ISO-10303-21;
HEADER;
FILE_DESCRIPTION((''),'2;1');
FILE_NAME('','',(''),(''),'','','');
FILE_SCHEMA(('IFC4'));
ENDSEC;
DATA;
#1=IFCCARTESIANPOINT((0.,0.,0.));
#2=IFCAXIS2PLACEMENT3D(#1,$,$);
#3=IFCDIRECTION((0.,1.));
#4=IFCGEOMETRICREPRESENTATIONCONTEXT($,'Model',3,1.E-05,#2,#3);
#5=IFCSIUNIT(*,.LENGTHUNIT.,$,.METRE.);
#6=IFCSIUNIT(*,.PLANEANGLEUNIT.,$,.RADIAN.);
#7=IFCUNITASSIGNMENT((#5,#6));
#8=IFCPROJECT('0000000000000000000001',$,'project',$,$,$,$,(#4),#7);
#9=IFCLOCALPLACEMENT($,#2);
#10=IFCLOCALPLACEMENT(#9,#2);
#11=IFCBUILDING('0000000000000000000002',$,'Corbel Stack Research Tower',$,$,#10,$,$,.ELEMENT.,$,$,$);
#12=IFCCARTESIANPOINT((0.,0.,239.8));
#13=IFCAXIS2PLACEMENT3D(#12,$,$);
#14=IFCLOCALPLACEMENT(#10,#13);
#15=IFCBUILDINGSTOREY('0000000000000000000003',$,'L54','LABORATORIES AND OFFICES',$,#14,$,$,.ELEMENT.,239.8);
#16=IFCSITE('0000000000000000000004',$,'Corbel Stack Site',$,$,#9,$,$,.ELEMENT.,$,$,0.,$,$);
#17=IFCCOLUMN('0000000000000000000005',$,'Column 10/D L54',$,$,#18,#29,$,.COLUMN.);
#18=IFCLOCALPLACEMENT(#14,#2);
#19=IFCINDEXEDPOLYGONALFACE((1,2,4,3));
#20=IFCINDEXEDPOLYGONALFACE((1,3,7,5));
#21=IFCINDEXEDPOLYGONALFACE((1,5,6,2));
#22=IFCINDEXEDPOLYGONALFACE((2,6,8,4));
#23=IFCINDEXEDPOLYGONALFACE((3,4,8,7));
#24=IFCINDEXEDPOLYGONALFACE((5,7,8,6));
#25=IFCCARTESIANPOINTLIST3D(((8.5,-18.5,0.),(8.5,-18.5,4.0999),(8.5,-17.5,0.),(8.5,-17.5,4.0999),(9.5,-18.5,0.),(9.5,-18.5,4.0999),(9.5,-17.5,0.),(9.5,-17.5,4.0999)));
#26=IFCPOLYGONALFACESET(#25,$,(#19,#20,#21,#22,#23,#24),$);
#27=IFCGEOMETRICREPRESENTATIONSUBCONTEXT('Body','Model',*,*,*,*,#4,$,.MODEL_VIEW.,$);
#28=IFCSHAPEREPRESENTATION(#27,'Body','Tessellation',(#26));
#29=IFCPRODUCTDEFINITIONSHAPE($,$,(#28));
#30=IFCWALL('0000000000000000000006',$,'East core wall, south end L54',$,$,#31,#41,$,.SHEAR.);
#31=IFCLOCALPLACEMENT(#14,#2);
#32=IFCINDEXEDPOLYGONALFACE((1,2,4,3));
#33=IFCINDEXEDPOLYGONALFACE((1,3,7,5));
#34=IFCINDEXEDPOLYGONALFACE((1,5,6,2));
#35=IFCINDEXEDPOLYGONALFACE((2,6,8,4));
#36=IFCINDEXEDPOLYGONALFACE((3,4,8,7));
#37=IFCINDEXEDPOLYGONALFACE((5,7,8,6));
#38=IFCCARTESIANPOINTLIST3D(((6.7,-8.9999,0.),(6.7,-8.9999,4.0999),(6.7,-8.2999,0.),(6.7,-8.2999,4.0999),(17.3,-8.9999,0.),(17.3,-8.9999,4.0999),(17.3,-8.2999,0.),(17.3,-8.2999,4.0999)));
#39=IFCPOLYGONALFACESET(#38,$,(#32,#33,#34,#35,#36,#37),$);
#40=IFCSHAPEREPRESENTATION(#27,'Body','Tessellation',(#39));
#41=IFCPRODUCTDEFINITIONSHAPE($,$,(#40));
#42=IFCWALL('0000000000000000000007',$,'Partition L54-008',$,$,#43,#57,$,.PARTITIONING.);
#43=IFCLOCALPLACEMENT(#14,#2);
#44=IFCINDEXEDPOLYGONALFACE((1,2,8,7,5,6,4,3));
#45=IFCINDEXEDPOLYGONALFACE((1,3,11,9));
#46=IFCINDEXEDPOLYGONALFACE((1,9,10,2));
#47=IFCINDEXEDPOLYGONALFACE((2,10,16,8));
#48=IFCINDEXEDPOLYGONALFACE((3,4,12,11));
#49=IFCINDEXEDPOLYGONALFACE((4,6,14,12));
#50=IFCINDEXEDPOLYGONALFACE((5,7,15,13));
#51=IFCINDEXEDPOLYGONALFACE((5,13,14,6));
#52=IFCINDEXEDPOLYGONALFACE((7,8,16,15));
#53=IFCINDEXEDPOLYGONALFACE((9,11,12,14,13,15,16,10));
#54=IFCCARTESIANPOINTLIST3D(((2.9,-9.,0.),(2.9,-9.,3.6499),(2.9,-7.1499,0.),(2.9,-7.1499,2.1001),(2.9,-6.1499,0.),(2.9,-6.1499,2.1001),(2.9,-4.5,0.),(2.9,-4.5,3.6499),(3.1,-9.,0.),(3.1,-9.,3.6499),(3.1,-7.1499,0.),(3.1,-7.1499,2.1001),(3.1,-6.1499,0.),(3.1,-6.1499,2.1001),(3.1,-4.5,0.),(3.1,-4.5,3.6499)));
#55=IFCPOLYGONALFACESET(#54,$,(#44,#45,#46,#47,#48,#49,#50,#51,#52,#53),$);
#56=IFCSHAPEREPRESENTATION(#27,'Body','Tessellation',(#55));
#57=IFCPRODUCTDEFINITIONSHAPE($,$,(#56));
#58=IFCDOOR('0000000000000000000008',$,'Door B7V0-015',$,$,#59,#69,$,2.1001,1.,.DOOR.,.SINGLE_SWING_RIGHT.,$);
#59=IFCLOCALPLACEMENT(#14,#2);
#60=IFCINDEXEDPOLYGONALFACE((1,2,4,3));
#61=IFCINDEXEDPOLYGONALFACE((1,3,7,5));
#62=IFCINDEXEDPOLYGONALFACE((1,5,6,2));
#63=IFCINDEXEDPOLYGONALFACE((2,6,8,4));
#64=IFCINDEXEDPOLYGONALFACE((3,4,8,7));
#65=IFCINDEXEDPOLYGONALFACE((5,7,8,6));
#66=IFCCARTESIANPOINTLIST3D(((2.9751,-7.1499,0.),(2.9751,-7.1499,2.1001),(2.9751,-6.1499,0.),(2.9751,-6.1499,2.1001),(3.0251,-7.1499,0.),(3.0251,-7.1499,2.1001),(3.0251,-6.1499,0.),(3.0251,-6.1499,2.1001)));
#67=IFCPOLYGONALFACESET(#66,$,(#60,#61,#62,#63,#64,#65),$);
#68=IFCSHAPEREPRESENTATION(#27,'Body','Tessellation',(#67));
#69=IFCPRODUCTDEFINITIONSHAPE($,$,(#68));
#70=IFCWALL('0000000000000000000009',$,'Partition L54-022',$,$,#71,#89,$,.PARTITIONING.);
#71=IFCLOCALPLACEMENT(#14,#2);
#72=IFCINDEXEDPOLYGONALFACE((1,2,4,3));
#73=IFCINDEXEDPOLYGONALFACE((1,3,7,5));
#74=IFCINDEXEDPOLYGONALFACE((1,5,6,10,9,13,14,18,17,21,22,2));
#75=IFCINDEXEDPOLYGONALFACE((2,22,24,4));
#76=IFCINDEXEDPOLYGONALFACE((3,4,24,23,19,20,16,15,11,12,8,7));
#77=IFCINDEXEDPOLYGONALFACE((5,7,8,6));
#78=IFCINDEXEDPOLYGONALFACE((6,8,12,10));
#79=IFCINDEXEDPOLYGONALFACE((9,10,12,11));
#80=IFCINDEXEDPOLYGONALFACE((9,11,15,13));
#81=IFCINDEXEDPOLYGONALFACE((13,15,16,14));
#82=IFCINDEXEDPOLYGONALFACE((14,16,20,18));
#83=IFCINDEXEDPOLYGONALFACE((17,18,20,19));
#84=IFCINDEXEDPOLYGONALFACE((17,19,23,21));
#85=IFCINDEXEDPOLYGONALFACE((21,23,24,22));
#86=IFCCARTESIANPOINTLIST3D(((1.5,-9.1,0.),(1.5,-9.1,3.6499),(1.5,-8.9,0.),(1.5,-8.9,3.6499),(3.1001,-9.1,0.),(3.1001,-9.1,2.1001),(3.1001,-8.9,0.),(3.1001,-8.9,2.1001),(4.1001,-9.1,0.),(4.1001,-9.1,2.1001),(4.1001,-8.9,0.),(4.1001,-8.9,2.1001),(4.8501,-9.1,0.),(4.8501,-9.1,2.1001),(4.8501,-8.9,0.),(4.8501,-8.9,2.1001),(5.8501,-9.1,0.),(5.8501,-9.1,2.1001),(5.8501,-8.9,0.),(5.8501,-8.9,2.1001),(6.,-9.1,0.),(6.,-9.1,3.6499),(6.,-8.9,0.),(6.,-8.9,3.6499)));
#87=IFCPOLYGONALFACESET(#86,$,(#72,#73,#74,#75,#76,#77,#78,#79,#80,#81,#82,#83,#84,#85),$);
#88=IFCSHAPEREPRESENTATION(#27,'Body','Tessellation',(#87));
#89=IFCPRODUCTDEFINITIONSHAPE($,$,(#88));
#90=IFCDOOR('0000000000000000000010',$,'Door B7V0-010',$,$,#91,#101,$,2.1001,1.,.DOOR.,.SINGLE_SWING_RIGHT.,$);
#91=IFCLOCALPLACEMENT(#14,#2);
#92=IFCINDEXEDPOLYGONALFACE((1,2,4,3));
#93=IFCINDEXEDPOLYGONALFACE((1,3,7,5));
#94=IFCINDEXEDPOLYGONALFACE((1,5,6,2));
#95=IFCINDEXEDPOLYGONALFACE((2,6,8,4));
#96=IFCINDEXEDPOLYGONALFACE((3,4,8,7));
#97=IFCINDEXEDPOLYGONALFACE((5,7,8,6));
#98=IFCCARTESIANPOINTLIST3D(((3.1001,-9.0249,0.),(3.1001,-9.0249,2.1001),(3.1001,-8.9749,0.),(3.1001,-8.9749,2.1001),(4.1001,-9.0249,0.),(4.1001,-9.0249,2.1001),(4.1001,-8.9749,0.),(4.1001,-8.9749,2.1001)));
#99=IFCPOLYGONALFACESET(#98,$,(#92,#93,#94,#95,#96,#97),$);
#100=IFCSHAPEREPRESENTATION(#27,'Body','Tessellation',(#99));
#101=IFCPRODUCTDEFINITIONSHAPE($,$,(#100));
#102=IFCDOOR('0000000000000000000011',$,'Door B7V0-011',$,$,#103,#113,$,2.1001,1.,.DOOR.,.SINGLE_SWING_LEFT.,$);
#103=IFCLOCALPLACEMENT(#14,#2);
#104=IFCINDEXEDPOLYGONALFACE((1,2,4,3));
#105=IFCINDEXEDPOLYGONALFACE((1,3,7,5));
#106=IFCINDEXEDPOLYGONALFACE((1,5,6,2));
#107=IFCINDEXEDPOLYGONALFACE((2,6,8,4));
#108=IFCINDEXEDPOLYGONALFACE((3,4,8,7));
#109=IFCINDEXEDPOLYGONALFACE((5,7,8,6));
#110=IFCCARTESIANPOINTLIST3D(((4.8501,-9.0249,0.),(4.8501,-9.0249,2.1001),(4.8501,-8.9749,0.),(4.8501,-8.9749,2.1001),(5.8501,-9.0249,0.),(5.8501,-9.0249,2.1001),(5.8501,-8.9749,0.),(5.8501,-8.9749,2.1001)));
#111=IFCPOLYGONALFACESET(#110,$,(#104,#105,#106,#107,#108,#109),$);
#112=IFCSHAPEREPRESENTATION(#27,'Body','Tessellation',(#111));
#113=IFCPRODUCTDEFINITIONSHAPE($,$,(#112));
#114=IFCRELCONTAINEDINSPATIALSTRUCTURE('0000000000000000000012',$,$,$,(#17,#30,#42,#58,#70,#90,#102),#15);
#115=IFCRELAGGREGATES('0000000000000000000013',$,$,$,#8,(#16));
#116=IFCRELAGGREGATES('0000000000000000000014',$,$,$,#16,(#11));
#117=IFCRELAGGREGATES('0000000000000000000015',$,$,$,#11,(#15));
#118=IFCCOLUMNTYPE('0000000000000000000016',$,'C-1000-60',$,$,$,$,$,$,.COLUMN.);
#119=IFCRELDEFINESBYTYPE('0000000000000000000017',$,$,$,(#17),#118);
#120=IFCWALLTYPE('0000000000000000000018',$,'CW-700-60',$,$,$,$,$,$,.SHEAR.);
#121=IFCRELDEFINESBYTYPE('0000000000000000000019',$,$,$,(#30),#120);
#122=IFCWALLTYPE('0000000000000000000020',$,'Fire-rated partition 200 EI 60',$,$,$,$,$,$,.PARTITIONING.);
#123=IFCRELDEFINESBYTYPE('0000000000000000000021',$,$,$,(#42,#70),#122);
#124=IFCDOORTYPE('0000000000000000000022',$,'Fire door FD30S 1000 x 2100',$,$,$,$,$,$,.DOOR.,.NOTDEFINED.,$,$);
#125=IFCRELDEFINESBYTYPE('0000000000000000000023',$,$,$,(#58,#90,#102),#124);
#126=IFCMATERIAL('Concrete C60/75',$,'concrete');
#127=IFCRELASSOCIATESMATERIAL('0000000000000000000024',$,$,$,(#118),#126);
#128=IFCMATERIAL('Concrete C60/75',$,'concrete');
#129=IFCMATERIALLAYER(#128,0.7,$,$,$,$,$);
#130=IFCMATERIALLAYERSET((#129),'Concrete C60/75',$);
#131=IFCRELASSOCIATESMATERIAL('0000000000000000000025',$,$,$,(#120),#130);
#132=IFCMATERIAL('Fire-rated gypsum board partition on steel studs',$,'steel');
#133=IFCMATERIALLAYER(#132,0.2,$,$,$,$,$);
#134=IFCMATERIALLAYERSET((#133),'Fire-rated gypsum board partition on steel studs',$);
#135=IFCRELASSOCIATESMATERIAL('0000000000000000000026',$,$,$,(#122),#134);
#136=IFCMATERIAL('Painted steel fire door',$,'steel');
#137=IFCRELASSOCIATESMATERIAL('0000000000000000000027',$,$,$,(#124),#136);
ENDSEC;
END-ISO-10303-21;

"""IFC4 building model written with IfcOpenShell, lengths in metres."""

from ifc_helpers import new_model, si_unit, direction, frame, frame_2d, origin, origin_2d, place, context, subcontext, project, spatial, rectangle, extrude, material, layer, layer_set, material_profile, profile_set, type_object, element, fill, save


model = new_model("IFC4")

# Units and contexts
model_context = context("Model", 3, precision=1e-05, world=origin(), true_north=direction((0.0, 1.0)))
body_context = subcontext(model_context, "Body", "Model", "MODEL_VIEW")
ifc_project = project(units=[si_unit("LENGTHUNIT", "METRE"), si_unit("PLANEANGLEUNIT", "RADIAN")], contexts=[model_context])

# Site, building, storey
site_placement = place(None, origin())
site = spatial("IfcSite", under=ifc_project, at=site_placement, Name="Corbel Stack Site", CompositionType="ELEMENT", RefElevation=0.0)
building_placement = place(site_placement, origin())
building = spatial("IfcBuilding", under=site, at=building_placement, Name="Corbel Stack Research Tower", CompositionType="ELEMENT")
storey_placement = place(building_placement, frame((0.0, 0.0, 239.8)))
storey = spatial("IfcBuildingStorey", under=building, at=storey_placement, Name="L54", Description="LABORATORIES AND OFFICES", CompositionType="ELEMENT", Elevation=239.8)

# Column
ifc_material_1 = material(Name="Concrete C60/75", Category="concrete")
ifc_material_profile = material_profile(ifc_material_1, rectangle(XDim=1.0, YDim=1.0, at=origin_2d()), Name="RC 1000 x 1000")
ifc_profile_set = profile_set([ifc_material_profile], Name="Concrete C60/75")
column_type = type_object("IfcColumnType", Name="C-1000-60", PredefinedType="COLUMN", material=ifc_profile_set)
column_placement = place(storey_placement, frame((9.0, -18.0, 0.0), z_axis=(0.0, 0.0, 1.0), x_axis=(1.0, 0.0, 0.0)))
element("IfcColumn", 1, at=column_placement, inside=storey, type_object=column_type, Name="Column 10/D L54", PredefinedType="COLUMN", context=body_context, shape_type="SweptSolid", body=[
    extrude(rectangle(XDim=1.0, YDim=1.0, at=origin_2d()), origin(), (0.0, 0.0, 1.0), 4.0999),
])

# Shared definitions
ifc_material_2 = material(Name="Concrete C60/75", Category="concrete")
ifc_layer_1 = layer(ifc_material_2, 0.7)
ifc_layer_set_1 = layer_set([ifc_layer_1], Name="Concrete C60/75")
wall_type_1 = type_object("IfcWallType", Name="CW-700-60", PredefinedType="SHEAR", material=ifc_layer_set_1)

# Wall
wall_1_placement = place(storey_placement, frame((6.7, -8.6499, 0.0), z_axis=(0.0, 0.0, 1.0), x_axis=(1.0, 0.0, 0.0)))
element("IfcWall", 2, at=wall_1_placement, inside=storey, type_object=wall_type_1, Name="East core wall, south end L54", PredefinedType="SHEAR", context=body_context, shape_type="SweptSolid", body=[
    extrude(rectangle(XDim=10.6001, YDim=0.7, at=frame_2d((5.3, 0.0))), origin(), (0.0, 0.0, 1.0), 4.0999),
])

# Wall, opening, door
ifc_material_3 = material(Name="Fire-rated gypsum board partition on steel studs", Category="steel")
ifc_layer_2 = layer(ifc_material_3, 0.2)
ifc_layer_set_2 = layer_set([ifc_layer_2], Name="Fire-rated gypsum board partition on steel studs")
wall_type_2 = type_object("IfcWallType", Name="Fire-rated partition 200 EI 60", PredefinedType="PARTITIONING", material=ifc_layer_set_2)
wall_2_placement = place(storey_placement, frame((3.0, -9.0, 0.0), z_axis=(0.0, 0.0, 1.0), x_axis=(0.0, 1.0, 0.0)))
wall_2 = element("IfcWall", 3, at=wall_2_placement, inside=storey, type_object=wall_type_2, Name="Partition L54-008", PredefinedType="PARTITIONING", context=body_context, shape_type="SweptSolid", body=[
    extrude(rectangle(XDim=4.5, YDim=0.2, at=frame_2d((2.25, 0.0))), origin(), (0.0, 0.0, 1.0), 3.6499),
])
opening_1_placement = place(wall_2_placement, frame((1.8501, 0.0, 0.0)))
opening_1 = element("IfcOpeningElement", 4, at=opening_1_placement, cuts=wall_2, PredefinedType="OPENING", context=body_context, shape_type="SweptSolid", body=[
    extrude(rectangle(XDim=1.0, YDim=2.1001, at=frame_2d((0.5, 1.05))), frame((0.0, 0.1099, 0.0), z_axis=(0.0, -1.0, 0.0), x_axis=(1.0, 0.0, 0.0)), (0.0, 0.0, 1.0), 0.22),
])
ifc_material_4 = material(Name="Painted steel fire door", Category="steel")
door_type_1 = type_object("IfcDoorType", Name="Fire door FD30S 1000 x 2100", OperationType="NOTDEFINED", PredefinedType="DOOR", material=ifc_material_4)
door_1_placement = place(opening_1_placement, origin())
door_1 = element("IfcDoor", 5, at=door_1_placement, inside=storey, type_object=door_type_1, Name="Door B7V0-015", OperationType="SINGLE_SWING_RIGHT", OverallHeight=2.1001, OverallWidth=1.0, PredefinedType="DOOR", context=body_context, shape_type="SweptSolid", body=[
    extrude(rectangle(XDim=1.0, YDim=2.1001, at=frame_2d((0.5, 1.05))), frame((0.0, 0.0249, 0.0), z_axis=(0.0, -1.0, 0.0), x_axis=(1.0, 0.0, 0.0)), (0.0, 0.0, 1.0), 0.05),
])
fill(opening_1, door_1)

# Wall, openings, doors
wall_3_placement = place(storey_placement, frame((6.0, -9.0, 0.0), z_axis=(0.0, 0.0, 1.0), x_axis=(-1.0, 0.0, 0.0)))
wall_3 = element("IfcWall", 6, at=wall_3_placement, inside=storey, type_object=wall_type_2, Name="Partition L54-022", PredefinedType="PARTITIONING", context=body_context, shape_type="SweptSolid", body=[
    extrude(rectangle(XDim=4.5, YDim=0.2, at=frame_2d((2.25, 0.0))), origin(), (0.0, 0.0, 1.0), 3.6499),
])
opening_2_placement = place(wall_3_placement, frame((1.8999, 0.0, 0.0)))
opening_2 = element("IfcOpeningElement", 7, at=opening_2_placement, cuts=wall_3, PredefinedType="OPENING", context=body_context, shape_type="SweptSolid", body=[
    extrude(rectangle(XDim=1.0, YDim=2.1001, at=frame_2d((0.5, 1.05))), frame((0.0, 0.1099, 0.0), z_axis=(0.0, -1.0, 0.0), x_axis=(1.0, 0.0, 0.0)), (0.0, 0.0, 1.0), 0.22),
])
opening_3_placement = place(wall_3_placement, frame((0.1499, 0.0, 0.0)))
opening_3 = element("IfcOpeningElement", 8, at=opening_3_placement, cuts=wall_3, PredefinedType="OPENING", context=body_context, shape_type="SweptSolid", body=[
    extrude(rectangle(XDim=1.0, YDim=2.1001, at=frame_2d((0.5, 1.05))), frame((0.0, 0.1099, 0.0), z_axis=(0.0, -1.0, 0.0), x_axis=(1.0, 0.0, 0.0)), (0.0, 0.0, 1.0), 0.22),
])
door_2_placement = place(opening_2_placement, origin())
door_2 = element("IfcDoor", 9, at=door_2_placement, inside=storey, type_object=door_type_1, Name="Door B7V0-010", OperationType="SINGLE_SWING_RIGHT", OverallHeight=2.1001, OverallWidth=1.0, PredefinedType="DOOR", context=body_context, shape_type="SweptSolid", body=[
    extrude(rectangle(XDim=1.0, YDim=2.1001, at=frame_2d((0.5, 1.05))), frame((0.0, 0.0249, 0.0), z_axis=(0.0, -1.0, 0.0), x_axis=(1.0, 0.0, 0.0)), (0.0, 0.0, 1.0), 0.05),
])
fill(opening_2, door_2)
door_3_placement = place(opening_3_placement, origin())
door_3 = element("IfcDoor", 10, at=door_3_placement, inside=storey, type_object=door_type_1, Name="Door B7V0-011", OperationType="SINGLE_SWING_LEFT", OverallHeight=2.1001, OverallWidth=1.0, PredefinedType="DOOR", context=body_context, shape_type="SweptSolid", body=[
    extrude(rectangle(XDim=1.0, YDim=2.1001, at=frame_2d((0.5, 1.05))), frame((0.0, 0.0249, 0.0), z_axis=(0.0, -1.0, 0.0), x_axis=(1.0, 0.0, 0.0)), (0.0, 0.0, 1.0), 0.05),
])
fill(opening_3, door_3)

save(model, "model.ifc")
